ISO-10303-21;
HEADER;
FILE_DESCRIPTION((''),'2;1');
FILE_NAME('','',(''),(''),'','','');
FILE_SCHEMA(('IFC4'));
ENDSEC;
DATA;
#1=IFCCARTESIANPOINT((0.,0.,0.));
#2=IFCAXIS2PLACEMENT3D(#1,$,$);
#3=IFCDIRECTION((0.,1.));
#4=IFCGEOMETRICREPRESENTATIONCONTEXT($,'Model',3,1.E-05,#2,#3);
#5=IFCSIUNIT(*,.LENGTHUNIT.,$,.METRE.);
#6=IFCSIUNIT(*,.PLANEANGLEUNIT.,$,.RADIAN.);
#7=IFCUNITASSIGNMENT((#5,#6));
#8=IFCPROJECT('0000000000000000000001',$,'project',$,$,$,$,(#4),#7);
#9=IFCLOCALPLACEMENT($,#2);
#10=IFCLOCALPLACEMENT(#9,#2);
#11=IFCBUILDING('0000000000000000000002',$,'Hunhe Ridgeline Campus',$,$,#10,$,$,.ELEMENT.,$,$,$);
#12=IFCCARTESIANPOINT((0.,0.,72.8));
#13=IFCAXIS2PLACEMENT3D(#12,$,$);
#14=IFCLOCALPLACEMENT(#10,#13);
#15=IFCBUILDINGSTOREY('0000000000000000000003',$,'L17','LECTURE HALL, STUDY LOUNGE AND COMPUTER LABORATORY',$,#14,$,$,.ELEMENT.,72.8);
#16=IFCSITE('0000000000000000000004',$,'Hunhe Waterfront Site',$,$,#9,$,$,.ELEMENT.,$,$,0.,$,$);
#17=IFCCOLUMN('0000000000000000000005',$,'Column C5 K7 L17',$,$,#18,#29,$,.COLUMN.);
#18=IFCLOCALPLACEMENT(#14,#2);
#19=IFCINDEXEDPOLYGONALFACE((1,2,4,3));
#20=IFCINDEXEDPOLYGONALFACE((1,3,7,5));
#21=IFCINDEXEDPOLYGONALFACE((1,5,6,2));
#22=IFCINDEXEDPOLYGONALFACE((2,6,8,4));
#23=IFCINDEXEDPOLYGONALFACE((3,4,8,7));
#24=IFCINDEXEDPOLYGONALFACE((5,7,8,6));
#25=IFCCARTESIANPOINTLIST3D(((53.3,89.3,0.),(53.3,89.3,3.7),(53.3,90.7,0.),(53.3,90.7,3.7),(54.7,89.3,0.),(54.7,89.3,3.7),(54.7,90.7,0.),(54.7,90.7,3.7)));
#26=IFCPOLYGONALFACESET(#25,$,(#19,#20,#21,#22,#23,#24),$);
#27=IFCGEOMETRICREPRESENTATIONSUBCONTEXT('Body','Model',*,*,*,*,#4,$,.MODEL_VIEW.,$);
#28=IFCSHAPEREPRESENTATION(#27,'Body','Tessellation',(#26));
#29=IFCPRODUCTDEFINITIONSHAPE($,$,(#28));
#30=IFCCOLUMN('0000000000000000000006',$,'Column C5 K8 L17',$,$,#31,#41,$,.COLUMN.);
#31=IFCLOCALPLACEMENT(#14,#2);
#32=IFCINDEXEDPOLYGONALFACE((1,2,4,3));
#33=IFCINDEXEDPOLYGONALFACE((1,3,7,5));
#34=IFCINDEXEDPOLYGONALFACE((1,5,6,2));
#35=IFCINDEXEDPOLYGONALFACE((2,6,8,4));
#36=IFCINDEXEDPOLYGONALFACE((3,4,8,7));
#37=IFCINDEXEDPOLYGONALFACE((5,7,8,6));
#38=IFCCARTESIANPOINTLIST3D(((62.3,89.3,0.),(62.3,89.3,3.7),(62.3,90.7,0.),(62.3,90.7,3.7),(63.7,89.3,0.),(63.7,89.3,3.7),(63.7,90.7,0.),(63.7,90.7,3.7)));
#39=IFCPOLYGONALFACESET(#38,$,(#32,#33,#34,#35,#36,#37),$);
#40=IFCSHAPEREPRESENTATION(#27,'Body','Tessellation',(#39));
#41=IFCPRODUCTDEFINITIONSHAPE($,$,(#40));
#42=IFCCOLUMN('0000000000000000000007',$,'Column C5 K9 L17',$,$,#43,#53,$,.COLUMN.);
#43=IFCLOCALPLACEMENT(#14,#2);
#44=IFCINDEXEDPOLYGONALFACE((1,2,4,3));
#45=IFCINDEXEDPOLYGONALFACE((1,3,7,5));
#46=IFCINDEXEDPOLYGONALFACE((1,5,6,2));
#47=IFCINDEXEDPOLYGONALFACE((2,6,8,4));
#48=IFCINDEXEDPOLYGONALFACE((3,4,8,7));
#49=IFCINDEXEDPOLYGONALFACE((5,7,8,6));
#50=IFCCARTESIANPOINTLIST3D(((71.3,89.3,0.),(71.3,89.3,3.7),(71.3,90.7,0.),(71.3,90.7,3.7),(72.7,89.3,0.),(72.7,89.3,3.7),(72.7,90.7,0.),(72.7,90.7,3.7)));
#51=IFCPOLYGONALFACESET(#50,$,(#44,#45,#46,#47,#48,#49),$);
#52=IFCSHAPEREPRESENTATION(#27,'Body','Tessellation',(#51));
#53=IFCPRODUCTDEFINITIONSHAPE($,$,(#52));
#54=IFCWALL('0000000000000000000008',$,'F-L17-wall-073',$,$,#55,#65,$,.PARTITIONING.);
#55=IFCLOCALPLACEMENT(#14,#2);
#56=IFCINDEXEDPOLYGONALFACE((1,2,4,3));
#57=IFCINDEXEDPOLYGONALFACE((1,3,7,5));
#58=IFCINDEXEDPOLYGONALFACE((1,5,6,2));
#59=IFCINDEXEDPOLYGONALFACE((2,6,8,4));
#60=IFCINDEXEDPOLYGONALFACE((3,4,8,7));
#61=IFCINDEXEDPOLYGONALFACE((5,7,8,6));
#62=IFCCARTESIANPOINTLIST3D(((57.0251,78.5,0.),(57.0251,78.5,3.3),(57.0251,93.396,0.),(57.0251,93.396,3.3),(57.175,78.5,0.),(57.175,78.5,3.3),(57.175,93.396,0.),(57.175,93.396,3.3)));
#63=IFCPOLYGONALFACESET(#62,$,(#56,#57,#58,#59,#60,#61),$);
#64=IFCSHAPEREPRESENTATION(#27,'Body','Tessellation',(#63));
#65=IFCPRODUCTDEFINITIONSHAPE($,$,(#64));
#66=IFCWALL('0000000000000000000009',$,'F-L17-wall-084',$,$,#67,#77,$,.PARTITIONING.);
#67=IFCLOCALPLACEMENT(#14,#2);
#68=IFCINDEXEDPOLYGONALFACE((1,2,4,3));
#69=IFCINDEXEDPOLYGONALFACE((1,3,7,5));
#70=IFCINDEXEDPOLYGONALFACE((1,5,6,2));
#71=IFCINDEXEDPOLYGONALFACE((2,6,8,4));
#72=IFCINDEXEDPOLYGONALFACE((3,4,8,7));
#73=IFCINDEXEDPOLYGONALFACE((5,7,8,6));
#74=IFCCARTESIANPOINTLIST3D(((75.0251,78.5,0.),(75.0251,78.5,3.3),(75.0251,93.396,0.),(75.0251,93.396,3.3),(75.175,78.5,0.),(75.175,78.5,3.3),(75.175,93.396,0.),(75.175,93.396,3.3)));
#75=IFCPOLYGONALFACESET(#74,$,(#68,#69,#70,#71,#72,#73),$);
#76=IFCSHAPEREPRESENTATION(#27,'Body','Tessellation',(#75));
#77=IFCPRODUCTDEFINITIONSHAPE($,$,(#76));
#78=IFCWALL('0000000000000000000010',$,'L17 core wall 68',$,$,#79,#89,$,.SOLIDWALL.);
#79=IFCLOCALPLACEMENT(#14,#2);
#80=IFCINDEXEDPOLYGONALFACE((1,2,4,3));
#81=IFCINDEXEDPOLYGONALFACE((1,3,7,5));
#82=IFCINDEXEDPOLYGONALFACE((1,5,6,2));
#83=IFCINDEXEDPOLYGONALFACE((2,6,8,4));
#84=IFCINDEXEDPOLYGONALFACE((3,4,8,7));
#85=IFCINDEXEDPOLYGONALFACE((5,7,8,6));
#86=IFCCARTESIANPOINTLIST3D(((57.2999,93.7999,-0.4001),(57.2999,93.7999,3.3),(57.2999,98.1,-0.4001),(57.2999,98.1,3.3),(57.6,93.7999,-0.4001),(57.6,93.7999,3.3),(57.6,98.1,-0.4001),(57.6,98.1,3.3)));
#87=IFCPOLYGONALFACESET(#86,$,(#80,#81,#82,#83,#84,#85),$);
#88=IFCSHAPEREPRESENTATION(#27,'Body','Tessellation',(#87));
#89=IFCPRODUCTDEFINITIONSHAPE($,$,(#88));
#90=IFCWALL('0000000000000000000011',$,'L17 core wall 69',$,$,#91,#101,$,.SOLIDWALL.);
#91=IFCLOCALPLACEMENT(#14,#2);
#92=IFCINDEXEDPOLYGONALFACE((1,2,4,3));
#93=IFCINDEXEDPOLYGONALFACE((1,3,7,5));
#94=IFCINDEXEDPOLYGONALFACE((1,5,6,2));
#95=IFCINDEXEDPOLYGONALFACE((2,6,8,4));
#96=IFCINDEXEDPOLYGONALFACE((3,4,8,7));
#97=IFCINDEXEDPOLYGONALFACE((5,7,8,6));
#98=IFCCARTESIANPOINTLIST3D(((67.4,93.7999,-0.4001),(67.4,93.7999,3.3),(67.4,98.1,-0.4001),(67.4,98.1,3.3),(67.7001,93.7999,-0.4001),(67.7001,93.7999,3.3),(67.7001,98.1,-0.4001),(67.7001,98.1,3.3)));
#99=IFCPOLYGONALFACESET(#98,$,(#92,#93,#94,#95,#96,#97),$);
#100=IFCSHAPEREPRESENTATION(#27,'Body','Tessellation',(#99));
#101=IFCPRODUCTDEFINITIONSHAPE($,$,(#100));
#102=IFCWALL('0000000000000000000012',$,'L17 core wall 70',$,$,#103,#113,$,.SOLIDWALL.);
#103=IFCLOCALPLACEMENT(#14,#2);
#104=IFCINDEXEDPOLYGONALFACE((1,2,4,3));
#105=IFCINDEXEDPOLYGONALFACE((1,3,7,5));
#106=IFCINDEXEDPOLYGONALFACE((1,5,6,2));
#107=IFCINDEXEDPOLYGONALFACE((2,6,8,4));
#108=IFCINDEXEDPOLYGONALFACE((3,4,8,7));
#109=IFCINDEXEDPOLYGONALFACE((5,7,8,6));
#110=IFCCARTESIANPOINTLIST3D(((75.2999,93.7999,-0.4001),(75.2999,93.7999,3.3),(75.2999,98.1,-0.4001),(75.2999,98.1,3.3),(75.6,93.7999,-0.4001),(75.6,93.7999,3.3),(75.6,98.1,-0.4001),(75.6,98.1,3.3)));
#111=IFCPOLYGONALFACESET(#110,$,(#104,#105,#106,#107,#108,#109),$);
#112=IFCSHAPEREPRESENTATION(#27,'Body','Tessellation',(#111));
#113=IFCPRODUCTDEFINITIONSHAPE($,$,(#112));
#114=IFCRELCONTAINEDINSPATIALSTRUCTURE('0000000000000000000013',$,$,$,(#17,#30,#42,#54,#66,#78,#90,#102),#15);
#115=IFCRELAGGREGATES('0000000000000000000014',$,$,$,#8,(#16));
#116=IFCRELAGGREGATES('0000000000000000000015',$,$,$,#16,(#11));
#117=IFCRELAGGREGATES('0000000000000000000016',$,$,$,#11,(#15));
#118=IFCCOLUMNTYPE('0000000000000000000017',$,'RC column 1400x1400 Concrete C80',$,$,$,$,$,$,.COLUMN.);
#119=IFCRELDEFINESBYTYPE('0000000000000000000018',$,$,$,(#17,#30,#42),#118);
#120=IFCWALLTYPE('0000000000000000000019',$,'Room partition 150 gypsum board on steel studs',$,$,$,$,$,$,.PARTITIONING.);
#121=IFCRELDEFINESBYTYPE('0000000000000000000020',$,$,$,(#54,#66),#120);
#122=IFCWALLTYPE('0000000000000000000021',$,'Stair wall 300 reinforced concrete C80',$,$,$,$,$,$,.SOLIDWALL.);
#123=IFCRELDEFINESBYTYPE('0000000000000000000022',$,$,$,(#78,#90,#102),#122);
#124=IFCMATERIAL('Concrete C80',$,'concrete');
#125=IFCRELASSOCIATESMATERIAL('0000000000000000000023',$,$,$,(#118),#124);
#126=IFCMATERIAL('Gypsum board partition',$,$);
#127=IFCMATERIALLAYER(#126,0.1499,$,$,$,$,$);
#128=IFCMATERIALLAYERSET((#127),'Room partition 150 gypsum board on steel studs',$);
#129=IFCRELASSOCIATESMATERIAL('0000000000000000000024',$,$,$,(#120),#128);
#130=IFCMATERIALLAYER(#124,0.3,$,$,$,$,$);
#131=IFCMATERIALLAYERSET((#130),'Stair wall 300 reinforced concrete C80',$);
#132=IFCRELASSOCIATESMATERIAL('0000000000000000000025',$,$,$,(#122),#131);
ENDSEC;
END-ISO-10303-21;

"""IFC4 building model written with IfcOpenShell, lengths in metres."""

from ifc_helpers import new_model, si_unit, direction, frame, frame_2d, origin, origin_2d, place, context, subcontext, project, spatial, rectangle, extrude, material, layer, layer_set, material_profile, profile_set, type_object, element, save


model = new_model("IFC4")

# Units and contexts
model_context = context("Model", 3, precision=1e-05, world=origin(), true_north=direction((0.0, 1.0)))
body_context = subcontext(model_context, "Body", "Model", "MODEL_VIEW")
ifc_project = project(units=[si_unit("LENGTHUNIT", "METRE"), si_unit("PLANEANGLEUNIT", "RADIAN")], contexts=[model_context])

# Site, building, storey
site_placement = place(None, origin())
site = spatial("IfcSite", under=ifc_project, at=site_placement, Name="Hunhe Waterfront Site", CompositionType="ELEMENT", RefElevation=0.0)
building_placement = place(site_placement, origin())
building = spatial("IfcBuilding", under=site, at=building_placement, Name="Hunhe Ridgeline Campus", CompositionType="ELEMENT")
storey_placement = place(building_placement, frame((0.0, 0.0, 72.8)))
storey = spatial("IfcBuildingStorey", under=building, at=storey_placement, Name="L17", Description="LECTURE HALL, STUDY LOUNGE AND COMPUTER LABORATORY", CompositionType="ELEMENT", Elevation=72.8)

# Columns
ifc_material_1 = material(Name="Concrete C80", Category="concrete")
ifc_material_profile = material_profile(ifc_material_1, rectangle(XDim=1.3999, YDim=1.3999, at=origin_2d()))
ifc_profile_set = profile_set([ifc_material_profile], Name="Concrete C80")
column_type = type_object("IfcColumnType", Name="RC column 1400x1400 Concrete C80", PredefinedType="COLUMN", material=ifc_profile_set)
for number, where, z_axis, x_axis, name in (
    (1, (54.0, 90.0, 0.0), (0.0, 0.0, 1.0), (1.0, 0.0, 0.0), "Column C5 K7 L17"),
    (2, (63.0, 90.0, 0.0), (0.0, 0.0, 1.0), (1.0, 0.0, 0.0), "Column C5 K8 L17"),
    (3, (72.0, 90.0, 0.0), (0.0, 0.0, 1.0), (1.0, 0.0, 0.0), "Column C5 K9 L17"),
):
    element("IfcColumn", number, at=place(storey_placement, frame(where, z_axis=z_axis, x_axis=x_axis)), inside=storey, type_object=column_type, Name=name, PredefinedType="COLUMN", context=body_context, shape_type="SweptSolid", body=[
        extrude(rectangle(XDim=1.3999, YDim=1.3999, at=origin_2d()), origin(), (0.0, 0.0, 1.0), 3.7),
    ])

# Shared definitions
ifc_material_2 = material(Name="Gypsum board partition")

# Walls
ifc_layer_1 = layer(ifc_material_2, 0.1499)
ifc_layer_set_1 = layer_set([ifc_layer_1], Name="Room partition 150 gypsum board on steel studs")
wall_type_1 = type_object("IfcWallType", Name="Room partition 150 gypsum board on steel studs", PredefinedType="PARTITIONING", material=ifc_layer_set_1)
for number, where, z_axis, x_axis, name in (
    (4, (57.1001, 93.396, 0.0), (0.0, 0.0, 1.0), (0.0, -1.0, 0.0), "F-L17-wall-073"),
    (5, (75.1001, 93.396, 0.0), (0.0, 0.0, 1.0), (0.0, -1.0, 0.0), "F-L17-wall-084"),
):
    element("IfcWall", number, at=place(storey_placement, frame(where, z_axis=z_axis, x_axis=x_axis)), inside=storey, type_object=wall_type_1, Name=name, PredefinedType="PARTITIONING", context=body_context, shape_type="SweptSolid", body=[
        extrude(rectangle(XDim=14.896, YDim=0.1499, at=frame_2d((7.448, 0.0))), origin(), (0.0, 0.0, 1.0), 3.3),
    ])

# Shared definitions
ifc_layer_2 = layer(ifc_material_1, 0.3)
ifc_layer_set_2 = layer_set([ifc_layer_2], Name="Stair wall 300 reinforced concrete C80")
wall_type_2 = type_object("IfcWallType", Name="Stair wall 300 reinforced concrete C80", PredefinedType="SOLIDWALL", material=ifc_layer_set_2)

# Walls
for number, where, z_axis, x_axis, name in (
    (6, (57.45, 93.8, -0.4001), (0.0, 0.0, 1.0), (0.0, 1.0, 0.0), "L17 core wall 68"),
    (7, (67.55, 93.8, -0.4001), (0.0, 0.0, 1.0), (0.0, 1.0, 0.0), "L17 core wall 69"),
    (8, (75.45, 93.8, -0.4001), (0.0, 0.0, 1.0), (0.0, 1.0, 0.0), "L17 core wall 70"),
):
    element("IfcWall", number, at=place(storey_placement, frame(where, z_axis=z_axis, x_axis=x_axis)), inside=storey, type_object=wall_type_2, Name=name, PredefinedType="SOLIDWALL", context=body_context, shape_type="SweptSolid", body=[
        extrude(rectangle(XDim=4.3, YDim=0.3, at=frame_2d((2.1499, 0.0))), origin(), (0.0, 0.0, 1.0), 3.7002),
    ])

save(model, "model.ifc")
